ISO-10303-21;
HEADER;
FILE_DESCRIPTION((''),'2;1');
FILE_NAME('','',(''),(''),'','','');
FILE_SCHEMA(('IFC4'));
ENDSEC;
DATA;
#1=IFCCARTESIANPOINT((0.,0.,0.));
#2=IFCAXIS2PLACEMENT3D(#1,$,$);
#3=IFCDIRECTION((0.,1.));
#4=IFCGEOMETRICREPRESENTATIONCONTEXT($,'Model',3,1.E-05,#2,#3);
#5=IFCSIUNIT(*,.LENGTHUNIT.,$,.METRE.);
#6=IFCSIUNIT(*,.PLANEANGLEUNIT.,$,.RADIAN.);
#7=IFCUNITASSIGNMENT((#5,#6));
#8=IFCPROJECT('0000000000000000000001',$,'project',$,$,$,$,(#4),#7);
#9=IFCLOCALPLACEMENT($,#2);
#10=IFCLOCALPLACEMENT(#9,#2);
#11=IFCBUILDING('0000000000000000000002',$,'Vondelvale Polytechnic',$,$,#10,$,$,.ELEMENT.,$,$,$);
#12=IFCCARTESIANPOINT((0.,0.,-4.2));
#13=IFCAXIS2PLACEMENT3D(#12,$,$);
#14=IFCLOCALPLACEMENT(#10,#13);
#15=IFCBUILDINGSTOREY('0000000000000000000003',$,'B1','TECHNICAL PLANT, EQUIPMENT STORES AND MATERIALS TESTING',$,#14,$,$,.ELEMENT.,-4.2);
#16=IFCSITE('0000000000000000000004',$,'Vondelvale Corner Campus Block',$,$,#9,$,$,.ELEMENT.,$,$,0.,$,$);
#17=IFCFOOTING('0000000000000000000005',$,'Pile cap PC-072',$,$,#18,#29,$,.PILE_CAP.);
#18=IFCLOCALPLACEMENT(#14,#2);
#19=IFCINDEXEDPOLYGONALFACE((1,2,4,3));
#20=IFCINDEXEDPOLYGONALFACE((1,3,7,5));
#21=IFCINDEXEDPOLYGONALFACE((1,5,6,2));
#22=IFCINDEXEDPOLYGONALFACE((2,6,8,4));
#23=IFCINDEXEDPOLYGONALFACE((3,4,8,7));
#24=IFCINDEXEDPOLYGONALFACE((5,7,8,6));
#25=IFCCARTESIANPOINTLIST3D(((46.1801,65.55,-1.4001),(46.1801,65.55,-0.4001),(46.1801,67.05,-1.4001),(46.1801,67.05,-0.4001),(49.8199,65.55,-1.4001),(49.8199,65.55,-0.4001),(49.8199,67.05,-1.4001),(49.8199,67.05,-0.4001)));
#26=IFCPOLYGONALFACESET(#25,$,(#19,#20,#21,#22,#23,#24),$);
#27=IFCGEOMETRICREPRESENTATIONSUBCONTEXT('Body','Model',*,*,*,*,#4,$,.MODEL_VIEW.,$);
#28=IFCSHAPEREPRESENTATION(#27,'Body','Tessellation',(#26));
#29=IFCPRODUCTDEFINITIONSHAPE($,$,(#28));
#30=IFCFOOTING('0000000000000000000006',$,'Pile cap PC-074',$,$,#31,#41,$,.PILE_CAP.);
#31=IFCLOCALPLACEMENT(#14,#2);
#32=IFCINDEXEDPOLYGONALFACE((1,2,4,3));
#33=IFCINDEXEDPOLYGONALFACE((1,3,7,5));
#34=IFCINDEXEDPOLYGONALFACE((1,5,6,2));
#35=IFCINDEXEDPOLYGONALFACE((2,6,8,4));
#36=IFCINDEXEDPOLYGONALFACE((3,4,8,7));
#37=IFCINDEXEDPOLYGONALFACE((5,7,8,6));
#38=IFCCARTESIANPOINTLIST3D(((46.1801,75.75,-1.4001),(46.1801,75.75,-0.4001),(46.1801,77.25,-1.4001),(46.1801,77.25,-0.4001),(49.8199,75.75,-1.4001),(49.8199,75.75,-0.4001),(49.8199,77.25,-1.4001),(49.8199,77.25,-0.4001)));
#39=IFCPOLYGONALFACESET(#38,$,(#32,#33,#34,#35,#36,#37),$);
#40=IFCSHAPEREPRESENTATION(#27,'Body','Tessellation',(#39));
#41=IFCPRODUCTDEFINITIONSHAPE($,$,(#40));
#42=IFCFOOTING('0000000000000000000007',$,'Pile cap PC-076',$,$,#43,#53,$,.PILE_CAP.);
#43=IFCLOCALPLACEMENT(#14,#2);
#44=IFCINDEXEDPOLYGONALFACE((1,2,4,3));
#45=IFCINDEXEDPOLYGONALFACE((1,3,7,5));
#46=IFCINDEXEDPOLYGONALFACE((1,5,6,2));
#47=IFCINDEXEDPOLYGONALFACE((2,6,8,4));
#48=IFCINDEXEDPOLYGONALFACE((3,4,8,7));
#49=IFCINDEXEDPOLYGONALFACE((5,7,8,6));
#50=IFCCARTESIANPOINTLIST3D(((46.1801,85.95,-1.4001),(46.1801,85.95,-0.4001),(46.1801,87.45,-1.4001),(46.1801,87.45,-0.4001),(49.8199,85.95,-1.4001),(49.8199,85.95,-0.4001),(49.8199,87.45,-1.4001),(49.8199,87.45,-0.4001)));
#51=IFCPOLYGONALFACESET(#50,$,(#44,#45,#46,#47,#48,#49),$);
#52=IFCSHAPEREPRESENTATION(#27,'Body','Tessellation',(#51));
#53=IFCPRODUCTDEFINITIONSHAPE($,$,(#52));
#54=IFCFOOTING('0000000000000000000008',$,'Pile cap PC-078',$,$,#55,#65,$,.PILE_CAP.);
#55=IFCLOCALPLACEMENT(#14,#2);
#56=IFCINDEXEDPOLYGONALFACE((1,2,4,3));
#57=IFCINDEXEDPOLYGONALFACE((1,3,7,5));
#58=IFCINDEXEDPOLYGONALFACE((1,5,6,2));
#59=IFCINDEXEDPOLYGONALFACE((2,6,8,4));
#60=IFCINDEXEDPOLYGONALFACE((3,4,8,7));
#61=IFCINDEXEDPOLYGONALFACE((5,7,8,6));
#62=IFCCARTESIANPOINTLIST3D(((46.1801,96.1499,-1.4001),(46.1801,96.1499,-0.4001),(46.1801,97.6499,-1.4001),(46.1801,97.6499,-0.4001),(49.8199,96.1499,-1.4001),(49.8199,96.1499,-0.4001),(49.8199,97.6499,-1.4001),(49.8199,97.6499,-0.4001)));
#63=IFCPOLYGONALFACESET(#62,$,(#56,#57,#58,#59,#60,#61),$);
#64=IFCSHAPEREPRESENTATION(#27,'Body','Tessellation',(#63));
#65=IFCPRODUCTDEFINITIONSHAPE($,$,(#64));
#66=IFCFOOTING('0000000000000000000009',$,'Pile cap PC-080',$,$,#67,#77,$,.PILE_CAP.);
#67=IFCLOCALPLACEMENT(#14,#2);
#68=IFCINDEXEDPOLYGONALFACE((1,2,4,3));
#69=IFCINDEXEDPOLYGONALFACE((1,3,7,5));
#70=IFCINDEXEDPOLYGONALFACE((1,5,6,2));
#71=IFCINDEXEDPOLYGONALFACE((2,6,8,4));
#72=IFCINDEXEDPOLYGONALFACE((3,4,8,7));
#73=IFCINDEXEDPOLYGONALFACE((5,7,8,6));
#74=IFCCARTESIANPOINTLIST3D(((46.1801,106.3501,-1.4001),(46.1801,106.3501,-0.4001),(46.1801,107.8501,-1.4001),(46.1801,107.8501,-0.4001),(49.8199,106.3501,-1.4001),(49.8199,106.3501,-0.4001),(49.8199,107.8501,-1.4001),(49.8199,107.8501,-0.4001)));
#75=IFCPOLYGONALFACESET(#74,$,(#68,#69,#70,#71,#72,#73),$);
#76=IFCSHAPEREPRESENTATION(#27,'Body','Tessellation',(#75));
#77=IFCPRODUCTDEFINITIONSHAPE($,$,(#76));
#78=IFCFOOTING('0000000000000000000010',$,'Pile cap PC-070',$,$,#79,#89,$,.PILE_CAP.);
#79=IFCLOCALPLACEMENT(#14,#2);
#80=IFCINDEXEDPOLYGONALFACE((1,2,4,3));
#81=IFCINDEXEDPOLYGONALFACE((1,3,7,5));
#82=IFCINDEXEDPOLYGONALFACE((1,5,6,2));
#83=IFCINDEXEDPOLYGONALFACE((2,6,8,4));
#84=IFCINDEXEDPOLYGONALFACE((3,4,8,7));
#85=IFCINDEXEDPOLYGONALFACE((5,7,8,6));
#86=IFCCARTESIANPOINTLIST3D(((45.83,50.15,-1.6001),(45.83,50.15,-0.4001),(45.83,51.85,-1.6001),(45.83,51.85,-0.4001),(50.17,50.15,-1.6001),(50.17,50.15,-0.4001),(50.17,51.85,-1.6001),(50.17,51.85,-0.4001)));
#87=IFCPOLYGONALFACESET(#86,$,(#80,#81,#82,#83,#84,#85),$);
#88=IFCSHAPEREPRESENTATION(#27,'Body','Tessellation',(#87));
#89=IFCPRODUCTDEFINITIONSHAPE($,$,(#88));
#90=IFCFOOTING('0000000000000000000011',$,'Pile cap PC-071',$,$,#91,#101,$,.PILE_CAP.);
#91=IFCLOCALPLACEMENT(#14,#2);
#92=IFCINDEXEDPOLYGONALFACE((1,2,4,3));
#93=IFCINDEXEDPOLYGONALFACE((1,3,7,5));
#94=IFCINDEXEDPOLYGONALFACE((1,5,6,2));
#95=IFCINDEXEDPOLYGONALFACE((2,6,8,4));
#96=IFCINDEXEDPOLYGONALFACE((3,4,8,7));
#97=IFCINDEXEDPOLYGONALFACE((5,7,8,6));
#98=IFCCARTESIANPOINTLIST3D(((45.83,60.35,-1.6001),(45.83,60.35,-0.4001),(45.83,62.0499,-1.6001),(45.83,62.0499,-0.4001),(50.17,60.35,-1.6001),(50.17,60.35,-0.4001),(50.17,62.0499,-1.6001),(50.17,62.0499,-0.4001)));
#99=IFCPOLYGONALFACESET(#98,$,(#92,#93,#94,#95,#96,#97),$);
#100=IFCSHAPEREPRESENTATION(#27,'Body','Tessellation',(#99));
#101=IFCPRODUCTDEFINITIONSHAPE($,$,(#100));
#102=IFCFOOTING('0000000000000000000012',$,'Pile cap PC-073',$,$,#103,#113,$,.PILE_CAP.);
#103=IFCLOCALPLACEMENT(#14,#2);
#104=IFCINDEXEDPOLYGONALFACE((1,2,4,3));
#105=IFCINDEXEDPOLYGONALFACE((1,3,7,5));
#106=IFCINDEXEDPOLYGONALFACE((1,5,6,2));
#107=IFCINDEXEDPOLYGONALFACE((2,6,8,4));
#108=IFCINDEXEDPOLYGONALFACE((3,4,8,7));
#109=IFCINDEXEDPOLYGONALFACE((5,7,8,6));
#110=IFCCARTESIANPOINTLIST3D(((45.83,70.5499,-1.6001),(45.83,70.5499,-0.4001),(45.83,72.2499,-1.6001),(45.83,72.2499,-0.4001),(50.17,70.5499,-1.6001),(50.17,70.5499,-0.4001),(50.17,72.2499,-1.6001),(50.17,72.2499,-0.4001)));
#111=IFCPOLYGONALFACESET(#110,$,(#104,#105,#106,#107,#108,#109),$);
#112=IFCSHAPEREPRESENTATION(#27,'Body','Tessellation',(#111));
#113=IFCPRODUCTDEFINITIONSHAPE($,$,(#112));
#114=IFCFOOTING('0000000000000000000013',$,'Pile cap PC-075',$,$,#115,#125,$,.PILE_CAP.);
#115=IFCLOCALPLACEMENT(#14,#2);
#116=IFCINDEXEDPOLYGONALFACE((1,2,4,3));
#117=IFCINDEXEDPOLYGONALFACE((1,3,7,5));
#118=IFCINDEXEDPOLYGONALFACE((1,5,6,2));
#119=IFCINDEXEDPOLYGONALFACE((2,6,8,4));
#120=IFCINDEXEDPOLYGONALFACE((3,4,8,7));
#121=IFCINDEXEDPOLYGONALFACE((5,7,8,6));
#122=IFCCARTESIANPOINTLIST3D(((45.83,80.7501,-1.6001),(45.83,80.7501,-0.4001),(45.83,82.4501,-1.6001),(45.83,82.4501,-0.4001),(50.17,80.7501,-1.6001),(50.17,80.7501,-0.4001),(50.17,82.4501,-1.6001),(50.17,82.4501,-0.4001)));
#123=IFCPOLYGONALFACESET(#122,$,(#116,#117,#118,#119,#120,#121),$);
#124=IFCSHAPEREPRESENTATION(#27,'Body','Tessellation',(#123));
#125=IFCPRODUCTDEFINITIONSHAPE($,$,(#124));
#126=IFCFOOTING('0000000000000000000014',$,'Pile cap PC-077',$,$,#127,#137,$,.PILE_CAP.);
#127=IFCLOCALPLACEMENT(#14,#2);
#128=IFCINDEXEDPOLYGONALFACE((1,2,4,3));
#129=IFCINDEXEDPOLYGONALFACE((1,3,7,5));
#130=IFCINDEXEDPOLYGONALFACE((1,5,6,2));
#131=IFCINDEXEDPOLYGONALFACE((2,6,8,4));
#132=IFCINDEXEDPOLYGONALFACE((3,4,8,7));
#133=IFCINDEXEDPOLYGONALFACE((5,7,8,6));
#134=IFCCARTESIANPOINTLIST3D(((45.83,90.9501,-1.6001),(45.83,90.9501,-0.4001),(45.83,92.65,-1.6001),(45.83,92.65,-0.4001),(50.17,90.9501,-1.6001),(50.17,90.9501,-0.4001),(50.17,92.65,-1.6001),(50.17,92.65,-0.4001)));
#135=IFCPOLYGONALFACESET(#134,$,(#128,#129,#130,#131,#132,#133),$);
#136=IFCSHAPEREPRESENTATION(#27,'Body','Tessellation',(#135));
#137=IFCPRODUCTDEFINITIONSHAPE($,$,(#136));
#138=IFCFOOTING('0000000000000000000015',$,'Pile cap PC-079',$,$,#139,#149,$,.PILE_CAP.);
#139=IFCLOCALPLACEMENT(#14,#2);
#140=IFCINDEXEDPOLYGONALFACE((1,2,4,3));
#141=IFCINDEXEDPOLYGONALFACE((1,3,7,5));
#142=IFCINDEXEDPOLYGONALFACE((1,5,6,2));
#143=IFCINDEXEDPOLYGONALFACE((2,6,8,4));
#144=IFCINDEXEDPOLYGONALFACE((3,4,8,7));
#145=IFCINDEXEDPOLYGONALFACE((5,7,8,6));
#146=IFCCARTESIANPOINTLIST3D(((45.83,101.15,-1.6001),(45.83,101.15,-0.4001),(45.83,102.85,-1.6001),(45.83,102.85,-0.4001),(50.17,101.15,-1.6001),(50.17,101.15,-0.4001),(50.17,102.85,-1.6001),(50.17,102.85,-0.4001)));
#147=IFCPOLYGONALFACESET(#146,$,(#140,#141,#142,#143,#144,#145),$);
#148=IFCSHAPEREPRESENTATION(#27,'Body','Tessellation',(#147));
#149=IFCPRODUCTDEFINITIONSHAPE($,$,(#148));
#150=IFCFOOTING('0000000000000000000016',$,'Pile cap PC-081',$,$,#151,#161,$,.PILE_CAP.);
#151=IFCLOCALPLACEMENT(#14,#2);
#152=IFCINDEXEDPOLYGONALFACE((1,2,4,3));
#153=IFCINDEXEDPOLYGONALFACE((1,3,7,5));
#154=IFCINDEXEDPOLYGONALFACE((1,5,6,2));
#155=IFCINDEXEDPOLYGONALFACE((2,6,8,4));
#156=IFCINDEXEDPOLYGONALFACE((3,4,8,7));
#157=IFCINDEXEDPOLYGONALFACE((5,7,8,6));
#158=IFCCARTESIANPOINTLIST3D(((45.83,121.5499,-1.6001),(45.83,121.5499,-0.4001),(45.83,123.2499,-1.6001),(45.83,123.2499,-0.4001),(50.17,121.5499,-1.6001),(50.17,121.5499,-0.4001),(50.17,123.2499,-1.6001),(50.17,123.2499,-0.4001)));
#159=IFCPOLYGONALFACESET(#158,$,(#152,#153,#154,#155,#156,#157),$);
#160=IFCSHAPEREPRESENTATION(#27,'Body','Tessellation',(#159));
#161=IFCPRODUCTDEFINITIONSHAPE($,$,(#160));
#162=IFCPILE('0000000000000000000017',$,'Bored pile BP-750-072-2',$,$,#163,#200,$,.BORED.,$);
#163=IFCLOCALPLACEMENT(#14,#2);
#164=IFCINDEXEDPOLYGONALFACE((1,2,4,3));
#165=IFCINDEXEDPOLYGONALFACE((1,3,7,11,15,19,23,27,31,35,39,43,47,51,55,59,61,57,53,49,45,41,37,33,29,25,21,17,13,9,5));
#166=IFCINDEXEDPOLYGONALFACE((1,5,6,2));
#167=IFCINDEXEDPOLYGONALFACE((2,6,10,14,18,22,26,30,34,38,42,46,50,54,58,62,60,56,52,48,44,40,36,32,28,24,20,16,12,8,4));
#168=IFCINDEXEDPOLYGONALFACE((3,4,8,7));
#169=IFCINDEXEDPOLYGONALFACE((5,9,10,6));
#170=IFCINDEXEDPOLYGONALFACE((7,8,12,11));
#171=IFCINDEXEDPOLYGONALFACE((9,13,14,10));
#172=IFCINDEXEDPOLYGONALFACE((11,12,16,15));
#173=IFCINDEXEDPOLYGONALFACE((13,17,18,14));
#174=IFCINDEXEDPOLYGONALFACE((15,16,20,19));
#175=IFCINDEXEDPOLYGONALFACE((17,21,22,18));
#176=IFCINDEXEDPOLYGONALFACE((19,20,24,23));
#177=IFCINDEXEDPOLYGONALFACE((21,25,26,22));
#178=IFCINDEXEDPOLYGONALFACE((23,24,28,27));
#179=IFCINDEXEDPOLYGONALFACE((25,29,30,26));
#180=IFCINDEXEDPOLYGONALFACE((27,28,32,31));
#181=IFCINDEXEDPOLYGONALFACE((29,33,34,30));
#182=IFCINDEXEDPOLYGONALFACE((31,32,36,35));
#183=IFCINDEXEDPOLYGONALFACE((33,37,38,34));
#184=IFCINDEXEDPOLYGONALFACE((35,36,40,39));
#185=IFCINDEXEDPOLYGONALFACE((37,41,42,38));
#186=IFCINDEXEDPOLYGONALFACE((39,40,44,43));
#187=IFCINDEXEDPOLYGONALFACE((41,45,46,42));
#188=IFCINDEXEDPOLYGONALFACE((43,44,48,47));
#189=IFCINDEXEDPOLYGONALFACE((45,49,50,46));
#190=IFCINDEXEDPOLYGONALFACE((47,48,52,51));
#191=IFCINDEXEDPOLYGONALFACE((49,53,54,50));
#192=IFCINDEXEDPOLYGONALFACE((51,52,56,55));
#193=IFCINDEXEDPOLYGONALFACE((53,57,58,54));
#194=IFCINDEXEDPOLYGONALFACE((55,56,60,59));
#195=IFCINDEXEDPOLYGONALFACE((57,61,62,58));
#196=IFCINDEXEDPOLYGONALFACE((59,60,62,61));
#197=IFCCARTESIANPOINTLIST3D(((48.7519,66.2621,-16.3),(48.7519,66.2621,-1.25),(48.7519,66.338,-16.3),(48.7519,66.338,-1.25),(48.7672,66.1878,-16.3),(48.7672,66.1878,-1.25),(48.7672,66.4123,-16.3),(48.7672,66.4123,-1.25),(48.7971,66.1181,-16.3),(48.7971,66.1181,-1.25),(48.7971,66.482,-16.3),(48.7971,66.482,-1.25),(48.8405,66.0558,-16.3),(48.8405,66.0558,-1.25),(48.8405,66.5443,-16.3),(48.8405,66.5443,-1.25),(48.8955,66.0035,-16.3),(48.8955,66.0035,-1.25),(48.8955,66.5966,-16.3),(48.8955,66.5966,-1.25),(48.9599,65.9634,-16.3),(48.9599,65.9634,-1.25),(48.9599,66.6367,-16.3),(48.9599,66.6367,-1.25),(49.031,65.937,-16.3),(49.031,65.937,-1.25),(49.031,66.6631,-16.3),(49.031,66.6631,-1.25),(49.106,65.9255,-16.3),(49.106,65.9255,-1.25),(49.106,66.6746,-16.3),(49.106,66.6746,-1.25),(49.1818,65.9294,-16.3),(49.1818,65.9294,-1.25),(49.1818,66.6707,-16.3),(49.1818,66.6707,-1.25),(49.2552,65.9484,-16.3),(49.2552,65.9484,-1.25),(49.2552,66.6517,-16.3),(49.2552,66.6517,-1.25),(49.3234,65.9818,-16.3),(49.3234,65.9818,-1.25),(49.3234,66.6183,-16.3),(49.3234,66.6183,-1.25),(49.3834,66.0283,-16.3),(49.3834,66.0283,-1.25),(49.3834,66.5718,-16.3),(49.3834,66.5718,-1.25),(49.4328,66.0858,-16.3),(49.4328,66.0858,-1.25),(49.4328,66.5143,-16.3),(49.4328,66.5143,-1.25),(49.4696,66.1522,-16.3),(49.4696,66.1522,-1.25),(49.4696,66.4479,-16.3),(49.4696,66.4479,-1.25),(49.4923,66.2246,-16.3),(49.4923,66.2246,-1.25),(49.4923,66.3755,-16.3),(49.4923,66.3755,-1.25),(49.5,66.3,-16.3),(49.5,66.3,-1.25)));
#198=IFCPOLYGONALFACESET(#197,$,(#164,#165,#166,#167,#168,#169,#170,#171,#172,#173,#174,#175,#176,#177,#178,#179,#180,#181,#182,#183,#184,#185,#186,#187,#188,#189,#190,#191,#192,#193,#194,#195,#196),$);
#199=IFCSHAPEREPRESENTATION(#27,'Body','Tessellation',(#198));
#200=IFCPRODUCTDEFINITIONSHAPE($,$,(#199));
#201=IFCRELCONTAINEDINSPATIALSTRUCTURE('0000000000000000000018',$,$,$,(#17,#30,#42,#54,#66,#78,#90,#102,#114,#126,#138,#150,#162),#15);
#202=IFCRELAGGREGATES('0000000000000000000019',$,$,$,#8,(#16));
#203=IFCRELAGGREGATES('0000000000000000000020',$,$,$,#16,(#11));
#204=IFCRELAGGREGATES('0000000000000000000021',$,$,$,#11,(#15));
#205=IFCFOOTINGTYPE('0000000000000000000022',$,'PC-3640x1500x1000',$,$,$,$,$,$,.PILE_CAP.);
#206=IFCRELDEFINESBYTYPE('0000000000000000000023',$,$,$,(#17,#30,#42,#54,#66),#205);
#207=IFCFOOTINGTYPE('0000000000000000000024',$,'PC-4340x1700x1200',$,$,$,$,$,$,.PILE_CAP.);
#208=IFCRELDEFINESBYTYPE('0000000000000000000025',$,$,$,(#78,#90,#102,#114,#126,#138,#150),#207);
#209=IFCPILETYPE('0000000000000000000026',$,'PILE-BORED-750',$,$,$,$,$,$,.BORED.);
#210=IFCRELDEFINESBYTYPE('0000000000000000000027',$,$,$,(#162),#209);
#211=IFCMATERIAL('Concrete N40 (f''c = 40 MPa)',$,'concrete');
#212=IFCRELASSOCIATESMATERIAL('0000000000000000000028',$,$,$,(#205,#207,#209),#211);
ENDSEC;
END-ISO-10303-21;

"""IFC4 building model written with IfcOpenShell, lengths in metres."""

from ifc_helpers import new_model, si_unit, direction, frame, origin, origin_2d, place, context, subcontext, project, spatial, rectangle, circle, extrude, material, material_profile, profile_set, type_object, element, save


model = new_model("IFC4")

# Units and contexts
model_context = context("Model", 3, precision=1e-05, world=origin(), true_north=direction((0.0, 1.0)))
body_context = subcontext(model_context, "Body", "Model", "MODEL_VIEW")
ifc_project = project(units=[si_unit("LENGTHUNIT", "METRE"), si_unit("PLANEANGLEUNIT", "RADIAN")], contexts=[model_context])

# Site, building, storey
site_placement = place(None, origin())
site = spatial("IfcSite", under=ifc_project, at=site_placement, Name="Vondelvale Corner Campus Block", CompositionType="ELEMENT", RefElevation=0.0)
building_placement = place(site_placement, origin())
building = spatial("IfcBuilding", under=site, at=building_placement, Name="Vondelvale Polytechnic", CompositionType="ELEMENT")
storey_placement = place(building_placement, frame((0.0, 0.0, -4.2)))
storey = spatial("IfcBuildingStorey", under=building, at=storey_placement, Name="B1", Description="TECHNICAL PLANT, EQUIPMENT STORES AND MATERIALS TESTING", CompositionType="ELEMENT", Elevation=-4.2)

# Footings
ifc_material_1 = material(Name="Concrete N40 (f'c = 40 MPa)", Category="concrete")
footing_type_1 = type_object("IfcFootingType", Name="PC-3640x1500x1000", PredefinedType="PILE_CAP", material=ifc_material_1)
for number, where, z_axis, x_axis, name in (
    (1, (48.0, 66.3, -1.4001), (0.0, 0.0, 1.0), (1.0, 0.0, 0.0), "Pile cap PC-072"),
    (2, (48.0, 76.5, -1.4001), (0.0, 0.0, 1.0), (1.0, 0.0, 0.0), "Pile cap PC-074"),
    (3, (48.0, 86.7, -1.4001), (0.0, 0.0, 1.0), (1.0, 0.0, 0.0), "Pile cap PC-076"),
    (4, (48.0, 96.8999, -1.4001), (0.0, 0.0, 1.0), (1.0, 0.0, 0.0), "Pile cap PC-078"),
    (5, (48.0, 107.1001, -1.4001), (0.0, 0.0, 1.0), (1.0, 0.0, 0.0), "Pile cap PC-080"),
):
    element("IfcFooting", number, at=place(storey_placement, frame(where, z_axis=z_axis, x_axis=x_axis)), inside=storey, type_object=footing_type_1, Name=name, PredefinedType="PILE_CAP", context=body_context, shape_type="SweptSolid", body=[
        extrude(rectangle(XDim=3.6399, YDim=1.5, at=origin_2d()), origin(), (0.0, 0.0, 1.0), 1.0),
    ])
footing_type_2 = type_object("IfcFootingType", Name="PC-4340x1700x1200", PredefinedType="PILE_CAP", material=ifc_material_1)
for number, where, z_axis, x_axis, name in (
    (6, (48.0, 51.0, -1.6001), (0.0, 0.0, 1.0), (1.0, 0.0, 0.0), "Pile cap PC-070"),
    (7, (48.0, 61.2, -1.6001), (0.0, 0.0, 1.0), (1.0, 0.0, 0.0), "Pile cap PC-071"),
    (8, (48.0, 71.3999, -1.6001), (0.0, 0.0, 1.0), (1.0, 0.0, 0.0), "Pile cap PC-073"),
    (9, (48.0, 81.6001, -1.6001), (0.0, 0.0, 1.0), (1.0, 0.0, 0.0), "Pile cap PC-075"),
    (10, (48.0, 91.8, -1.6001), (0.0, 0.0, 1.0), (1.0, 0.0, 0.0), "Pile cap PC-077"),
    (11, (48.0, 102.0, -1.6001), (0.0, 0.0, 1.0), (1.0, 0.0, 0.0), "Pile cap PC-079"),
    (12, (48.0, 122.3999, -1.6001), (0.0, 0.0, 1.0), (1.0, 0.0, 0.0), "Pile cap PC-081"),
):
    element("IfcFooting", number, at=place(storey_placement, frame(where, z_axis=z_axis, x_axis=x_axis)), inside=storey, type_object=footing_type_2, Name=name, PredefinedType="PILE_CAP", context=body_context, shape_type="SweptSolid", body=[
        extrude(rectangle(XDim=4.3401, YDim=1.7, at=origin_2d()), origin(), (0.0, 0.0, 1.0), 1.2),
    ])

# Pile
ifc_material_profile_1 = material_profile(ifc_material_1, circle(Radius=0.375, at=origin_2d()), Name="PILE-D750")
ifc_profile_set_1 = profile_set([ifc_material_profile_1], Name="Concrete N40 (f'c = 40 MPa)")
pile_type_1 = type_object("IfcPileType", Name="PILE-BORED-750", PredefinedType="BORED", material=ifc_profile_set_1)
for number, where, z_axis, x_axis, name in (
    (13, (49.125, 66.3, -1.25), (0.0, 0.0, -1.0), (1.0, 0.0, 0.0), "Bored pile BP-750-072-2"),
):
    element("IfcPile", number, at=place(storey_placement, frame(where, z_axis=z_axis, x_axis=x_axis)), inside=storey, type_object=pile_type_1, Name=name, PredefinedType="BORED", context=body_context, shape_type="SweptSolid", body=[
        extrude(circle(Radius=0.375, at=origin_2d()), origin(), (0.0, 0.0, 1.0), 15.05),
    ])

save(model, "model.ifc")
